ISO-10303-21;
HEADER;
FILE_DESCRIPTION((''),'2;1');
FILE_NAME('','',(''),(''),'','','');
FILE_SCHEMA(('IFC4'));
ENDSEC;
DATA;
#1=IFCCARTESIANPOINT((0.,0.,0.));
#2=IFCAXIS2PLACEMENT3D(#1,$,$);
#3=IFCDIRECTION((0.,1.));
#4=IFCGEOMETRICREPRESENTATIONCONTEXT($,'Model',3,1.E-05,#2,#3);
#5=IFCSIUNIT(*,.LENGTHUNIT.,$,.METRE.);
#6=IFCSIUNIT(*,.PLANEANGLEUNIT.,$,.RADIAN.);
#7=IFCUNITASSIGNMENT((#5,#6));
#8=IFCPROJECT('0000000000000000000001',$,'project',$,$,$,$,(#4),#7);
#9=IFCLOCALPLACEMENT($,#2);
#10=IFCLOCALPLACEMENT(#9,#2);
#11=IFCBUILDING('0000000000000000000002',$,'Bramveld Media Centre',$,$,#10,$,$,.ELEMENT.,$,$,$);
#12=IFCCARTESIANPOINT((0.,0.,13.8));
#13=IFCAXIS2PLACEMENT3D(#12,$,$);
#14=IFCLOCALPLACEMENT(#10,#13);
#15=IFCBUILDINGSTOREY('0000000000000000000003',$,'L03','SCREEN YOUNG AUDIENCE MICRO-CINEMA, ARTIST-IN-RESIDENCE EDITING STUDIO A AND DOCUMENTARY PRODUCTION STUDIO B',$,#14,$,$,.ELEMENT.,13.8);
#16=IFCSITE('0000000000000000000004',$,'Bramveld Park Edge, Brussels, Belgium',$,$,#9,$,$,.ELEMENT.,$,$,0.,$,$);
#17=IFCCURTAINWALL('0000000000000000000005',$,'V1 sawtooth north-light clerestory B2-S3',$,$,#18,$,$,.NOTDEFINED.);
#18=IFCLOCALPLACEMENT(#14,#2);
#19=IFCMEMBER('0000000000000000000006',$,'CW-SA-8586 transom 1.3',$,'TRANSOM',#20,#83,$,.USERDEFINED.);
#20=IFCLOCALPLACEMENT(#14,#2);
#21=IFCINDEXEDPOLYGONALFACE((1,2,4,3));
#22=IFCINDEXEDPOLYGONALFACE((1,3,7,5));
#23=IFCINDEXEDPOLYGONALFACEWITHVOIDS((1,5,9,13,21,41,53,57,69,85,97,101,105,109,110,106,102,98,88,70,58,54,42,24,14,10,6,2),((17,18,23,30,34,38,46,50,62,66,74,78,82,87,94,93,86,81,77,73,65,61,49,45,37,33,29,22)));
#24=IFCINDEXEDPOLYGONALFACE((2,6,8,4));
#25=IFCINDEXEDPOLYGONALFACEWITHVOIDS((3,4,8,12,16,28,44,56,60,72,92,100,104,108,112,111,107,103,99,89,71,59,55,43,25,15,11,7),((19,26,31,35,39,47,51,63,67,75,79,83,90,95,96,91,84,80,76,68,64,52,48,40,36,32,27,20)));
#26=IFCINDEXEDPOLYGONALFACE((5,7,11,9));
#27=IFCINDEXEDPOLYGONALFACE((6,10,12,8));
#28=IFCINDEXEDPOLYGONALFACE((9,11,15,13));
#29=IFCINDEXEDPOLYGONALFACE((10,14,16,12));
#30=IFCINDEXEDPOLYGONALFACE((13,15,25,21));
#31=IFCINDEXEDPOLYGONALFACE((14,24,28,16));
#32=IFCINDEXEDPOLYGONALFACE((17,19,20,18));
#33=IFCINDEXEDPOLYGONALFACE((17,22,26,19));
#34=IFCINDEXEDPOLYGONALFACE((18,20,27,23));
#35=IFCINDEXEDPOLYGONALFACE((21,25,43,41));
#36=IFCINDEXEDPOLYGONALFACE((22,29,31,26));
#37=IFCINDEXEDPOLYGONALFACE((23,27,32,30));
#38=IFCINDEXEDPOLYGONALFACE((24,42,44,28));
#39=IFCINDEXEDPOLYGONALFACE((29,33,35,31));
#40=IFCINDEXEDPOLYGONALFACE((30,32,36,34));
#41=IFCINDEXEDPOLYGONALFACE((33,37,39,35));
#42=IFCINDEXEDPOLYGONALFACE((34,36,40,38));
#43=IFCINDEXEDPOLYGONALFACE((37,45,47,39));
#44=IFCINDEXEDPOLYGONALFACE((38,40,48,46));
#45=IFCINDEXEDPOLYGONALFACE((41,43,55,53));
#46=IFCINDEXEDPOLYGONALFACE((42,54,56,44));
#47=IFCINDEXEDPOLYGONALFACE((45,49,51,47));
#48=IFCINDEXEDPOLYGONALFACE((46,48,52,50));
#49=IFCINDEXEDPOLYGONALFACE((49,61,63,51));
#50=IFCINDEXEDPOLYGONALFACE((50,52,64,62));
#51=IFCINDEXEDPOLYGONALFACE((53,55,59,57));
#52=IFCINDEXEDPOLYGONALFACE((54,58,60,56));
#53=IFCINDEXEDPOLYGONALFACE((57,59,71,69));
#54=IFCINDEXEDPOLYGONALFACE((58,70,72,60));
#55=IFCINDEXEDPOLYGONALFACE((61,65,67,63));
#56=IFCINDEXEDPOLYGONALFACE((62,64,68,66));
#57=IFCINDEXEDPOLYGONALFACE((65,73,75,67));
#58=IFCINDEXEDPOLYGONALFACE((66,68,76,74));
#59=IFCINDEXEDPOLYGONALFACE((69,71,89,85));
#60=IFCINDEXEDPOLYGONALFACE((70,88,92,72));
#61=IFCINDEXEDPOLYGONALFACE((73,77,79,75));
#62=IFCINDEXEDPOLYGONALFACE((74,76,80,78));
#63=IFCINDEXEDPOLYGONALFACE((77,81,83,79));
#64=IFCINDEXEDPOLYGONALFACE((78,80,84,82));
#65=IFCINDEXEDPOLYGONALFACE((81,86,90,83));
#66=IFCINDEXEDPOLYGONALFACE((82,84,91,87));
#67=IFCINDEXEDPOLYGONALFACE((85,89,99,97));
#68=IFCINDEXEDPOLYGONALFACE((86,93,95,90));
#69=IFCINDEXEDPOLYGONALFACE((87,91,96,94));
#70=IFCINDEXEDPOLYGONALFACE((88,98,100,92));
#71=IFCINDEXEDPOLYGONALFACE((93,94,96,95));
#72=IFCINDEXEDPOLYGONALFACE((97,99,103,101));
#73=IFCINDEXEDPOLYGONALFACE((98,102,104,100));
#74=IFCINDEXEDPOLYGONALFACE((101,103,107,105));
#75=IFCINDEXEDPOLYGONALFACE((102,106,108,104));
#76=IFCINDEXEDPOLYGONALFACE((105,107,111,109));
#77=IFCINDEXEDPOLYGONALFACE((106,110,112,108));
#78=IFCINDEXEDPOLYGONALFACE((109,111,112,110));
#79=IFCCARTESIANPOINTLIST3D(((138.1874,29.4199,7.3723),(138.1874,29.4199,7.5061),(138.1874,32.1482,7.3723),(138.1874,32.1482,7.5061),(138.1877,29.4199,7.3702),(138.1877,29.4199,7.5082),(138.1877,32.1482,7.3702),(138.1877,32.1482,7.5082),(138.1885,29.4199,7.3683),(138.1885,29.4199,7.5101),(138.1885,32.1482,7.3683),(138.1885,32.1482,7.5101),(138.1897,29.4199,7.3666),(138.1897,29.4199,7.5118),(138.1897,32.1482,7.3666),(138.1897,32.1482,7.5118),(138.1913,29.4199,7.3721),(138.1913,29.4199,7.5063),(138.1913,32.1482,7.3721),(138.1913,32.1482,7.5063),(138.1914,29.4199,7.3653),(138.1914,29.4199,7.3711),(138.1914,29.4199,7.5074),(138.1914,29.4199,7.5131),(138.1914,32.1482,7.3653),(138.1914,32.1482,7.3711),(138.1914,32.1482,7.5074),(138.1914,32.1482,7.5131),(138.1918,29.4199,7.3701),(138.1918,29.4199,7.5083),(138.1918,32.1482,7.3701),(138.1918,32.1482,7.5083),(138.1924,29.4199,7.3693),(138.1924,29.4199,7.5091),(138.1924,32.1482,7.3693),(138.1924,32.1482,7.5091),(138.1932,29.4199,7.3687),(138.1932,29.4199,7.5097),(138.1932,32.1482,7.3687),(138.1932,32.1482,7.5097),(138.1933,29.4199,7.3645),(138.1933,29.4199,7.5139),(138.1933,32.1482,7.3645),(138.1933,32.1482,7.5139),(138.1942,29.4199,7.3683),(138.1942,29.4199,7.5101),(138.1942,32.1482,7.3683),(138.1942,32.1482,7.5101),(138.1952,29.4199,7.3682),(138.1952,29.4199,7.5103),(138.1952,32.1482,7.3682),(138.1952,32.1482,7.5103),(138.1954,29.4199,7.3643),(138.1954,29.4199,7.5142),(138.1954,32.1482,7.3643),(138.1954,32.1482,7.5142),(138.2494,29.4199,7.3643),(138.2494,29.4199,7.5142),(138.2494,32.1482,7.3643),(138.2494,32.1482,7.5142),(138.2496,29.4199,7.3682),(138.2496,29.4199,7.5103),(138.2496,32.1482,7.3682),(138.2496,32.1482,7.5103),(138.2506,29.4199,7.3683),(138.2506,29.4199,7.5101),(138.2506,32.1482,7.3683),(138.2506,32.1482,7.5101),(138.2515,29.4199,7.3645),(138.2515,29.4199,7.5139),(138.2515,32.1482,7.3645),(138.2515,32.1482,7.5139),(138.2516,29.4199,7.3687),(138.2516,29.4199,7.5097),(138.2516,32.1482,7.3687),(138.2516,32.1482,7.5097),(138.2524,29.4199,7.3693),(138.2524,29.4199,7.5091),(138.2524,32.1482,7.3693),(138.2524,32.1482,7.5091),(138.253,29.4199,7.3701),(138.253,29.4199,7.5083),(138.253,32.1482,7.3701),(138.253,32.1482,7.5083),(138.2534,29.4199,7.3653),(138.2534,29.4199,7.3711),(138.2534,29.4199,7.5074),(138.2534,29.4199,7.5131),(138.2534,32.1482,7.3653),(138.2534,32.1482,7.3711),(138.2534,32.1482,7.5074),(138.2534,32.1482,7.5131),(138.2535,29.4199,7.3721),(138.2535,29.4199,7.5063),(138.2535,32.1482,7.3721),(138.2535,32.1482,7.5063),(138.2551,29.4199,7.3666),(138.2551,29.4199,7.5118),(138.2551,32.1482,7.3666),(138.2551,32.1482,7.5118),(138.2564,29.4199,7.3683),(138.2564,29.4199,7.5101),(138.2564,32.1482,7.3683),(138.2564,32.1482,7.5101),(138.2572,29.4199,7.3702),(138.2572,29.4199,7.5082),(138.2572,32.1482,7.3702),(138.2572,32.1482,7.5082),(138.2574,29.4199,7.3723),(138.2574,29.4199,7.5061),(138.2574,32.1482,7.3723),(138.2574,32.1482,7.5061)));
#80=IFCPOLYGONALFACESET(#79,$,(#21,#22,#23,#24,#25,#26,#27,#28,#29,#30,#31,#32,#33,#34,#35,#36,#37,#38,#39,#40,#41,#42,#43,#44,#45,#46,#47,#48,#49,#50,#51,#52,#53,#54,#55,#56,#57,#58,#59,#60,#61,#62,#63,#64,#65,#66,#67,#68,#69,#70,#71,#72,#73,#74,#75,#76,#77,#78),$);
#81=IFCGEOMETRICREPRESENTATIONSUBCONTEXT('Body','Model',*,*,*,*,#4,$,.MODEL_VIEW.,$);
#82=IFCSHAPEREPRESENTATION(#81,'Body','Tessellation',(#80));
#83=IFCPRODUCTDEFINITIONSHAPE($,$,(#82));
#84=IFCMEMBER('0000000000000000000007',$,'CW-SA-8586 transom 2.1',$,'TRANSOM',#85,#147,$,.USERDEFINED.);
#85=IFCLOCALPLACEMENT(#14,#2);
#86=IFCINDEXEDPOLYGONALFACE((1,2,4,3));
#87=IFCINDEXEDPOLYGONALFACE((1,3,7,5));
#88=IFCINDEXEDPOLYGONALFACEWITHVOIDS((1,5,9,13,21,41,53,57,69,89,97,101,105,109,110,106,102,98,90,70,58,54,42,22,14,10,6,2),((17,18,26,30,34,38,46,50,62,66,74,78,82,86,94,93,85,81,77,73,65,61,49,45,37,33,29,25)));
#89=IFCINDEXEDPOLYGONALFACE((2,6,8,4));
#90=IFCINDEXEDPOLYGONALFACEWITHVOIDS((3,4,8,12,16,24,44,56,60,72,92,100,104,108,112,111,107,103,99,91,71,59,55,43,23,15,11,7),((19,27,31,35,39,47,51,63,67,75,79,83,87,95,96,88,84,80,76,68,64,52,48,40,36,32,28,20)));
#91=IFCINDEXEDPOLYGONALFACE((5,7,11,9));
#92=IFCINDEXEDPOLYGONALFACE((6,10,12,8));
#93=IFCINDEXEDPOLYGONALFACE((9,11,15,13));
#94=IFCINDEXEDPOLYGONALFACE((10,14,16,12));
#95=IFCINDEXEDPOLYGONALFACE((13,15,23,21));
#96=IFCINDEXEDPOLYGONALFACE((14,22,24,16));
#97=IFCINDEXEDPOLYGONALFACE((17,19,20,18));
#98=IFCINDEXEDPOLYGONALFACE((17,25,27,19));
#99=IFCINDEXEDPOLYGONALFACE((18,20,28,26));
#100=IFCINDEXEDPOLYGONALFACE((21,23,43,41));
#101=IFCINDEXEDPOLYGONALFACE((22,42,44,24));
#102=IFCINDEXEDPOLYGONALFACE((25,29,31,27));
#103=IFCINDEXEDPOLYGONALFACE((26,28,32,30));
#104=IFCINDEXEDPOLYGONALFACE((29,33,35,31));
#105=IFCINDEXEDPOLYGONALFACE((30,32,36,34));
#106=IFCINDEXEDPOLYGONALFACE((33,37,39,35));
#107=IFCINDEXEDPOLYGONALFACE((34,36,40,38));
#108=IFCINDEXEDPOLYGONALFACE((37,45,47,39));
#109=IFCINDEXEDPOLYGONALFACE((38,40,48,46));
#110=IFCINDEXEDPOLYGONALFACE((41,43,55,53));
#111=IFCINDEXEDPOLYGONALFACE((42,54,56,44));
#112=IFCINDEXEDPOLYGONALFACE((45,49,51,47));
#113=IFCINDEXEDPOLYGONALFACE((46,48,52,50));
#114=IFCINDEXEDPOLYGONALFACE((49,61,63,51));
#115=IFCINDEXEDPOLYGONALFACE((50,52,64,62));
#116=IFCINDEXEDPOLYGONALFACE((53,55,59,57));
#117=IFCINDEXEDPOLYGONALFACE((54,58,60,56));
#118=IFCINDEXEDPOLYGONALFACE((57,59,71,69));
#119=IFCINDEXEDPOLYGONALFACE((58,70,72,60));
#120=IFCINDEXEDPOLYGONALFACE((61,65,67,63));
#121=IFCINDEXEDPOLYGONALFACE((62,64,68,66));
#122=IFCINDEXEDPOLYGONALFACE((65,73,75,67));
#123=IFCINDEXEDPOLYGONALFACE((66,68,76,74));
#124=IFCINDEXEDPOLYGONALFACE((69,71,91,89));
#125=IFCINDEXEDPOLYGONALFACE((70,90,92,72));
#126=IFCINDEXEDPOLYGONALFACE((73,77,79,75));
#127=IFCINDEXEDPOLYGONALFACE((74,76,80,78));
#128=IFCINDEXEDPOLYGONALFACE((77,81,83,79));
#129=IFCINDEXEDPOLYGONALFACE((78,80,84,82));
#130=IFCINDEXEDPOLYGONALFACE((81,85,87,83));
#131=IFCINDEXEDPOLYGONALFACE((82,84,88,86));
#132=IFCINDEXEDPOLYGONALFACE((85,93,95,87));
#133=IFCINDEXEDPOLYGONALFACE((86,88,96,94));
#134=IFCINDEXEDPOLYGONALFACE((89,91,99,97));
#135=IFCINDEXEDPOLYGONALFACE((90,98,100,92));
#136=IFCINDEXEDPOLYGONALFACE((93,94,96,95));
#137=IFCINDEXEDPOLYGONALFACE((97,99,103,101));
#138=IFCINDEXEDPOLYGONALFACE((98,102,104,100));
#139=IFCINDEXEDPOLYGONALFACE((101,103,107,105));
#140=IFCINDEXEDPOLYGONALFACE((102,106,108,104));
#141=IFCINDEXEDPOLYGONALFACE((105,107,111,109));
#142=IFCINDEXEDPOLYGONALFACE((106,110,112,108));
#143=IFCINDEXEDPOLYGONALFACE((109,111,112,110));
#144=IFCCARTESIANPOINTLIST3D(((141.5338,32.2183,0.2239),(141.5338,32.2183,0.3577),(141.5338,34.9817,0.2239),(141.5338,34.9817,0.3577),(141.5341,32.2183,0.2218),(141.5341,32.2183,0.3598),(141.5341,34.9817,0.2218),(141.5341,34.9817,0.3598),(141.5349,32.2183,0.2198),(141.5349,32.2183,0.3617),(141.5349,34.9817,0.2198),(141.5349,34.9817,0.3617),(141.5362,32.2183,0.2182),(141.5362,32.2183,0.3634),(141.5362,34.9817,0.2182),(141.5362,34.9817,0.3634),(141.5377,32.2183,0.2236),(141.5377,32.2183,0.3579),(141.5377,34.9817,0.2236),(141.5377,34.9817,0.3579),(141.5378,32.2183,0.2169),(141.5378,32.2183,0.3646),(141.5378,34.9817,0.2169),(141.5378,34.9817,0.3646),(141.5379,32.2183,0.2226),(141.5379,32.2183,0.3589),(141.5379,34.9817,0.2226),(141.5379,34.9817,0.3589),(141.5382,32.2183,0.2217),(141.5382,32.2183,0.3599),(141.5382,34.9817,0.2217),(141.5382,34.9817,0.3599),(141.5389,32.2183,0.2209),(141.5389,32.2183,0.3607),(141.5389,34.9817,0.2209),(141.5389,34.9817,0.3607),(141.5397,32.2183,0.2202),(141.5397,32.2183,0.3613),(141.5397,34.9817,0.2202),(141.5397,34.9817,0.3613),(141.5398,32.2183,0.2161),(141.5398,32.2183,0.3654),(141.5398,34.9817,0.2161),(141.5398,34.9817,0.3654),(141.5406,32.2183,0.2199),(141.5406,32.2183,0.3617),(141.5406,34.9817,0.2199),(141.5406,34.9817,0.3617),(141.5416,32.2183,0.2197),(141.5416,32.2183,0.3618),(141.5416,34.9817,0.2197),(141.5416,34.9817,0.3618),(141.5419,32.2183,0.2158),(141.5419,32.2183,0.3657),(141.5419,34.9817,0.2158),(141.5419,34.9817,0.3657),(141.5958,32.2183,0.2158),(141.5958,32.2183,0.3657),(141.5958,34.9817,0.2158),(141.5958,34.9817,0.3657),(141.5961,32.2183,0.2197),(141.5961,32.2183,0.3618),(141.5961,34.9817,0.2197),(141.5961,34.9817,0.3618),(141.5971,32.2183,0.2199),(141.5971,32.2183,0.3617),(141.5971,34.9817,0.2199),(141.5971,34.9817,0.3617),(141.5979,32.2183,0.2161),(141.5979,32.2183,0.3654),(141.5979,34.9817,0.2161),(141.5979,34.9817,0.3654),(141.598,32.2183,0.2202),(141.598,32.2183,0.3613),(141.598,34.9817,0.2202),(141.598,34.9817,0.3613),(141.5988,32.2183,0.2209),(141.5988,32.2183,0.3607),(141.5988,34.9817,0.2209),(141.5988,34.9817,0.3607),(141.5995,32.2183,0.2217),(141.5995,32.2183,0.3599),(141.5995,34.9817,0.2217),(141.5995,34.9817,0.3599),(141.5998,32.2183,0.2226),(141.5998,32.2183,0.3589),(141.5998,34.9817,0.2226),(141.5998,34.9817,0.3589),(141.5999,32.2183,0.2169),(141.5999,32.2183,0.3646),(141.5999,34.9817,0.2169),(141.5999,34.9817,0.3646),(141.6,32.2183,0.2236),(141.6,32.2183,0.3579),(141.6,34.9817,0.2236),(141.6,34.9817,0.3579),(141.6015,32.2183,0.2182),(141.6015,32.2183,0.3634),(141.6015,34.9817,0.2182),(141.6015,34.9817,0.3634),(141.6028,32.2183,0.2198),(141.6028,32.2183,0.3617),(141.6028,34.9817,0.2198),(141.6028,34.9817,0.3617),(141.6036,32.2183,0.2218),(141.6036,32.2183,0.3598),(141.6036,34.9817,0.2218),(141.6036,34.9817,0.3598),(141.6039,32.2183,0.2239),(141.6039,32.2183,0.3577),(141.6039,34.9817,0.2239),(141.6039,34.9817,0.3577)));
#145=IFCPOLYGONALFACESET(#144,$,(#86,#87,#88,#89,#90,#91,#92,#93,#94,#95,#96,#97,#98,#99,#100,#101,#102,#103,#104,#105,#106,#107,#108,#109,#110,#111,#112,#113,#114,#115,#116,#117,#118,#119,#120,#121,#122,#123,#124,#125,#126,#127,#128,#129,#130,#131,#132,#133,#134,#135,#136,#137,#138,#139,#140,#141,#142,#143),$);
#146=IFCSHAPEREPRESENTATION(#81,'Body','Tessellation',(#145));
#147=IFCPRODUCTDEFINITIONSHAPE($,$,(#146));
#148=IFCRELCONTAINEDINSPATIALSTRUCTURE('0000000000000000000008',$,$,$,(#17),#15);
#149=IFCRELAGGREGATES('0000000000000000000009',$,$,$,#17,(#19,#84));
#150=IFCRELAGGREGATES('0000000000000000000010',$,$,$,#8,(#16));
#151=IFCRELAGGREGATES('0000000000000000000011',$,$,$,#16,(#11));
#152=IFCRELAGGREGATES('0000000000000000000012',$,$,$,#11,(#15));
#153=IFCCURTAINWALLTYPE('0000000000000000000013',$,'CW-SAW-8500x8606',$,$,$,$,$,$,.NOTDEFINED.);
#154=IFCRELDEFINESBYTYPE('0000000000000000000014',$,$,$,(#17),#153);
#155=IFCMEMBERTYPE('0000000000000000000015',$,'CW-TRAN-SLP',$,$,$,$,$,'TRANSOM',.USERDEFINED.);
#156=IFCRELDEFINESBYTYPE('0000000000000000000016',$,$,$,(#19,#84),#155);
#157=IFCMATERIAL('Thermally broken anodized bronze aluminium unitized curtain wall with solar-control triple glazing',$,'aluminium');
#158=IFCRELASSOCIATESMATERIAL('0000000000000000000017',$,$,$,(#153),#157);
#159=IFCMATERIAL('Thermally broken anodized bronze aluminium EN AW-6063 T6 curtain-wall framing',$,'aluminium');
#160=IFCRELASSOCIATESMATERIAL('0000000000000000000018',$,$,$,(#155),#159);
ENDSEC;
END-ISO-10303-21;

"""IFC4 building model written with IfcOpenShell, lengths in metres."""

from ifc_helpers import new_model, si_unit, direction, frame, origin, origin_2d, place, context, subcontext, project, spatial, hollow_rectangle, extrude, material, material_profile, profile_set, type_object, element, aggregate, save


model = new_model("IFC4")

# Units and contexts
model_context = context("Model", 3, precision=1e-05, world=origin(), true_north=direction((0.0, 1.0)))
body_context = subcontext(model_context, "Body", "Model", "MODEL_VIEW")
ifc_project = project(units=[si_unit("LENGTHUNIT", "METRE"), si_unit("PLANEANGLEUNIT", "RADIAN")], contexts=[model_context])

# Site, building, storey
site_placement = place(None, origin())
site = spatial("IfcSite", under=ifc_project, at=site_placement, Name="Bramveld Park Edge, Brussels, Belgium", CompositionType="ELEMENT", RefElevation=0.0)
building_placement = place(site_placement, origin())
building = spatial("IfcBuilding", under=site, at=building_placement, Name="Bramveld Media Centre", CompositionType="ELEMENT")
storey_placement = place(building_placement, frame((0.0, 0.0, 13.8)))
storey = spatial("IfcBuildingStorey", under=building, at=storey_placement, Name="L03", Description="SCREEN YOUNG AUDIENCE MICRO-CINEMA, ARTIST-IN-RESIDENCE EDITING STUDIO A AND DOCUMENTARY PRODUCTION STUDIO B", CompositionType="ELEMENT", Elevation=13.8)

# Curtain wall
ifc_material_1 = material(Name="Thermally broken anodized bronze aluminium unitized curtain wall with solar-control triple glazing", Category="aluminium")
curtain_wall_type_1 = type_object("IfcCurtainWallType", Name="CW-SAW-8500x8606", PredefinedType="NOTDEFINED", material=ifc_material_1)
curtain_wall_1_placement = place(storey_placement, origin())
curtain_wall_1 = element("IfcCurtainWall", 1, at=curtain_wall_1_placement, inside=storey, type_object=curtain_wall_type_1, Name="V1 sawtooth north-light clerestory B2-S3", PredefinedType="NOTDEFINED")

# Members
ifc_material_2 = material(Name="Thermally broken anodized bronze aluminium EN AW-6063 T6 curtain-wall framing", Category="aluminium")
ifc_material_profile_1 = material_profile(ifc_material_2, hollow_rectangle(XDim=0.0701, YDim=0.1499, WallThickness=0.0039, InnerFilletRadius=0.0039, OuterFilletRadius=0.0081, at=origin_2d()), Name="AL-TRAN 70x150")
ifc_profile_set_1 = profile_set([ifc_material_profile_1], Name="Thermally broken anodized bronze aluminium EN AW-6063 T6 curtain-wall framing")
member_type_1 = type_object("IfcMemberType", Name="CW-TRAN-SLP", ElementType="TRANSOM", PredefinedType="USERDEFINED", material=ifc_profile_set_1)
member_1_placement = place(storey_placement, frame((138.2224, 29.4199, 7.4392), z_axis=(0.0, 1.0, 0.0), x_axis=(-1.0, 0.0, 0.0)))
member_1 = element("IfcMember", 2, at=member_1_placement, type_object=member_type_1, Name="CW-SA-8586 transom 1.3", ObjectType="TRANSOM", PredefinedType="USERDEFINED", context=body_context, shape_type="SweptSolid", body=[
    extrude(hollow_rectangle(XDim=0.0701, YDim=0.1499, WallThickness=0.0039, InnerFilletRadius=0.0039, OuterFilletRadius=0.0081, at=origin_2d()), origin(), (0.0, 0.0, 1.0), 2.7283),
])
member_2_placement = place(storey_placement, frame((141.5688, 32.2183, 0.2908), z_axis=(0.0, 1.0, 0.0), x_axis=(-1.0, 0.0, 0.0)))
member_2 = element("IfcMember", 3, at=member_2_placement, type_object=member_type_1, Name="CW-SA-8586 transom 2.1", ObjectType="TRANSOM", PredefinedType="USERDEFINED", context=body_context, shape_type="SweptSolid", body=[
    extrude(hollow_rectangle(XDim=0.0701, YDim=0.1499, WallThickness=0.0039, InnerFilletRadius=0.0039, OuterFilletRadius=0.0081, at=origin_2d()), origin(), (0.0, 0.0, 1.0), 2.7634),
])

aggregate(curtain_wall_1, [member_1, member_2])

save(model, "model.ifc")
